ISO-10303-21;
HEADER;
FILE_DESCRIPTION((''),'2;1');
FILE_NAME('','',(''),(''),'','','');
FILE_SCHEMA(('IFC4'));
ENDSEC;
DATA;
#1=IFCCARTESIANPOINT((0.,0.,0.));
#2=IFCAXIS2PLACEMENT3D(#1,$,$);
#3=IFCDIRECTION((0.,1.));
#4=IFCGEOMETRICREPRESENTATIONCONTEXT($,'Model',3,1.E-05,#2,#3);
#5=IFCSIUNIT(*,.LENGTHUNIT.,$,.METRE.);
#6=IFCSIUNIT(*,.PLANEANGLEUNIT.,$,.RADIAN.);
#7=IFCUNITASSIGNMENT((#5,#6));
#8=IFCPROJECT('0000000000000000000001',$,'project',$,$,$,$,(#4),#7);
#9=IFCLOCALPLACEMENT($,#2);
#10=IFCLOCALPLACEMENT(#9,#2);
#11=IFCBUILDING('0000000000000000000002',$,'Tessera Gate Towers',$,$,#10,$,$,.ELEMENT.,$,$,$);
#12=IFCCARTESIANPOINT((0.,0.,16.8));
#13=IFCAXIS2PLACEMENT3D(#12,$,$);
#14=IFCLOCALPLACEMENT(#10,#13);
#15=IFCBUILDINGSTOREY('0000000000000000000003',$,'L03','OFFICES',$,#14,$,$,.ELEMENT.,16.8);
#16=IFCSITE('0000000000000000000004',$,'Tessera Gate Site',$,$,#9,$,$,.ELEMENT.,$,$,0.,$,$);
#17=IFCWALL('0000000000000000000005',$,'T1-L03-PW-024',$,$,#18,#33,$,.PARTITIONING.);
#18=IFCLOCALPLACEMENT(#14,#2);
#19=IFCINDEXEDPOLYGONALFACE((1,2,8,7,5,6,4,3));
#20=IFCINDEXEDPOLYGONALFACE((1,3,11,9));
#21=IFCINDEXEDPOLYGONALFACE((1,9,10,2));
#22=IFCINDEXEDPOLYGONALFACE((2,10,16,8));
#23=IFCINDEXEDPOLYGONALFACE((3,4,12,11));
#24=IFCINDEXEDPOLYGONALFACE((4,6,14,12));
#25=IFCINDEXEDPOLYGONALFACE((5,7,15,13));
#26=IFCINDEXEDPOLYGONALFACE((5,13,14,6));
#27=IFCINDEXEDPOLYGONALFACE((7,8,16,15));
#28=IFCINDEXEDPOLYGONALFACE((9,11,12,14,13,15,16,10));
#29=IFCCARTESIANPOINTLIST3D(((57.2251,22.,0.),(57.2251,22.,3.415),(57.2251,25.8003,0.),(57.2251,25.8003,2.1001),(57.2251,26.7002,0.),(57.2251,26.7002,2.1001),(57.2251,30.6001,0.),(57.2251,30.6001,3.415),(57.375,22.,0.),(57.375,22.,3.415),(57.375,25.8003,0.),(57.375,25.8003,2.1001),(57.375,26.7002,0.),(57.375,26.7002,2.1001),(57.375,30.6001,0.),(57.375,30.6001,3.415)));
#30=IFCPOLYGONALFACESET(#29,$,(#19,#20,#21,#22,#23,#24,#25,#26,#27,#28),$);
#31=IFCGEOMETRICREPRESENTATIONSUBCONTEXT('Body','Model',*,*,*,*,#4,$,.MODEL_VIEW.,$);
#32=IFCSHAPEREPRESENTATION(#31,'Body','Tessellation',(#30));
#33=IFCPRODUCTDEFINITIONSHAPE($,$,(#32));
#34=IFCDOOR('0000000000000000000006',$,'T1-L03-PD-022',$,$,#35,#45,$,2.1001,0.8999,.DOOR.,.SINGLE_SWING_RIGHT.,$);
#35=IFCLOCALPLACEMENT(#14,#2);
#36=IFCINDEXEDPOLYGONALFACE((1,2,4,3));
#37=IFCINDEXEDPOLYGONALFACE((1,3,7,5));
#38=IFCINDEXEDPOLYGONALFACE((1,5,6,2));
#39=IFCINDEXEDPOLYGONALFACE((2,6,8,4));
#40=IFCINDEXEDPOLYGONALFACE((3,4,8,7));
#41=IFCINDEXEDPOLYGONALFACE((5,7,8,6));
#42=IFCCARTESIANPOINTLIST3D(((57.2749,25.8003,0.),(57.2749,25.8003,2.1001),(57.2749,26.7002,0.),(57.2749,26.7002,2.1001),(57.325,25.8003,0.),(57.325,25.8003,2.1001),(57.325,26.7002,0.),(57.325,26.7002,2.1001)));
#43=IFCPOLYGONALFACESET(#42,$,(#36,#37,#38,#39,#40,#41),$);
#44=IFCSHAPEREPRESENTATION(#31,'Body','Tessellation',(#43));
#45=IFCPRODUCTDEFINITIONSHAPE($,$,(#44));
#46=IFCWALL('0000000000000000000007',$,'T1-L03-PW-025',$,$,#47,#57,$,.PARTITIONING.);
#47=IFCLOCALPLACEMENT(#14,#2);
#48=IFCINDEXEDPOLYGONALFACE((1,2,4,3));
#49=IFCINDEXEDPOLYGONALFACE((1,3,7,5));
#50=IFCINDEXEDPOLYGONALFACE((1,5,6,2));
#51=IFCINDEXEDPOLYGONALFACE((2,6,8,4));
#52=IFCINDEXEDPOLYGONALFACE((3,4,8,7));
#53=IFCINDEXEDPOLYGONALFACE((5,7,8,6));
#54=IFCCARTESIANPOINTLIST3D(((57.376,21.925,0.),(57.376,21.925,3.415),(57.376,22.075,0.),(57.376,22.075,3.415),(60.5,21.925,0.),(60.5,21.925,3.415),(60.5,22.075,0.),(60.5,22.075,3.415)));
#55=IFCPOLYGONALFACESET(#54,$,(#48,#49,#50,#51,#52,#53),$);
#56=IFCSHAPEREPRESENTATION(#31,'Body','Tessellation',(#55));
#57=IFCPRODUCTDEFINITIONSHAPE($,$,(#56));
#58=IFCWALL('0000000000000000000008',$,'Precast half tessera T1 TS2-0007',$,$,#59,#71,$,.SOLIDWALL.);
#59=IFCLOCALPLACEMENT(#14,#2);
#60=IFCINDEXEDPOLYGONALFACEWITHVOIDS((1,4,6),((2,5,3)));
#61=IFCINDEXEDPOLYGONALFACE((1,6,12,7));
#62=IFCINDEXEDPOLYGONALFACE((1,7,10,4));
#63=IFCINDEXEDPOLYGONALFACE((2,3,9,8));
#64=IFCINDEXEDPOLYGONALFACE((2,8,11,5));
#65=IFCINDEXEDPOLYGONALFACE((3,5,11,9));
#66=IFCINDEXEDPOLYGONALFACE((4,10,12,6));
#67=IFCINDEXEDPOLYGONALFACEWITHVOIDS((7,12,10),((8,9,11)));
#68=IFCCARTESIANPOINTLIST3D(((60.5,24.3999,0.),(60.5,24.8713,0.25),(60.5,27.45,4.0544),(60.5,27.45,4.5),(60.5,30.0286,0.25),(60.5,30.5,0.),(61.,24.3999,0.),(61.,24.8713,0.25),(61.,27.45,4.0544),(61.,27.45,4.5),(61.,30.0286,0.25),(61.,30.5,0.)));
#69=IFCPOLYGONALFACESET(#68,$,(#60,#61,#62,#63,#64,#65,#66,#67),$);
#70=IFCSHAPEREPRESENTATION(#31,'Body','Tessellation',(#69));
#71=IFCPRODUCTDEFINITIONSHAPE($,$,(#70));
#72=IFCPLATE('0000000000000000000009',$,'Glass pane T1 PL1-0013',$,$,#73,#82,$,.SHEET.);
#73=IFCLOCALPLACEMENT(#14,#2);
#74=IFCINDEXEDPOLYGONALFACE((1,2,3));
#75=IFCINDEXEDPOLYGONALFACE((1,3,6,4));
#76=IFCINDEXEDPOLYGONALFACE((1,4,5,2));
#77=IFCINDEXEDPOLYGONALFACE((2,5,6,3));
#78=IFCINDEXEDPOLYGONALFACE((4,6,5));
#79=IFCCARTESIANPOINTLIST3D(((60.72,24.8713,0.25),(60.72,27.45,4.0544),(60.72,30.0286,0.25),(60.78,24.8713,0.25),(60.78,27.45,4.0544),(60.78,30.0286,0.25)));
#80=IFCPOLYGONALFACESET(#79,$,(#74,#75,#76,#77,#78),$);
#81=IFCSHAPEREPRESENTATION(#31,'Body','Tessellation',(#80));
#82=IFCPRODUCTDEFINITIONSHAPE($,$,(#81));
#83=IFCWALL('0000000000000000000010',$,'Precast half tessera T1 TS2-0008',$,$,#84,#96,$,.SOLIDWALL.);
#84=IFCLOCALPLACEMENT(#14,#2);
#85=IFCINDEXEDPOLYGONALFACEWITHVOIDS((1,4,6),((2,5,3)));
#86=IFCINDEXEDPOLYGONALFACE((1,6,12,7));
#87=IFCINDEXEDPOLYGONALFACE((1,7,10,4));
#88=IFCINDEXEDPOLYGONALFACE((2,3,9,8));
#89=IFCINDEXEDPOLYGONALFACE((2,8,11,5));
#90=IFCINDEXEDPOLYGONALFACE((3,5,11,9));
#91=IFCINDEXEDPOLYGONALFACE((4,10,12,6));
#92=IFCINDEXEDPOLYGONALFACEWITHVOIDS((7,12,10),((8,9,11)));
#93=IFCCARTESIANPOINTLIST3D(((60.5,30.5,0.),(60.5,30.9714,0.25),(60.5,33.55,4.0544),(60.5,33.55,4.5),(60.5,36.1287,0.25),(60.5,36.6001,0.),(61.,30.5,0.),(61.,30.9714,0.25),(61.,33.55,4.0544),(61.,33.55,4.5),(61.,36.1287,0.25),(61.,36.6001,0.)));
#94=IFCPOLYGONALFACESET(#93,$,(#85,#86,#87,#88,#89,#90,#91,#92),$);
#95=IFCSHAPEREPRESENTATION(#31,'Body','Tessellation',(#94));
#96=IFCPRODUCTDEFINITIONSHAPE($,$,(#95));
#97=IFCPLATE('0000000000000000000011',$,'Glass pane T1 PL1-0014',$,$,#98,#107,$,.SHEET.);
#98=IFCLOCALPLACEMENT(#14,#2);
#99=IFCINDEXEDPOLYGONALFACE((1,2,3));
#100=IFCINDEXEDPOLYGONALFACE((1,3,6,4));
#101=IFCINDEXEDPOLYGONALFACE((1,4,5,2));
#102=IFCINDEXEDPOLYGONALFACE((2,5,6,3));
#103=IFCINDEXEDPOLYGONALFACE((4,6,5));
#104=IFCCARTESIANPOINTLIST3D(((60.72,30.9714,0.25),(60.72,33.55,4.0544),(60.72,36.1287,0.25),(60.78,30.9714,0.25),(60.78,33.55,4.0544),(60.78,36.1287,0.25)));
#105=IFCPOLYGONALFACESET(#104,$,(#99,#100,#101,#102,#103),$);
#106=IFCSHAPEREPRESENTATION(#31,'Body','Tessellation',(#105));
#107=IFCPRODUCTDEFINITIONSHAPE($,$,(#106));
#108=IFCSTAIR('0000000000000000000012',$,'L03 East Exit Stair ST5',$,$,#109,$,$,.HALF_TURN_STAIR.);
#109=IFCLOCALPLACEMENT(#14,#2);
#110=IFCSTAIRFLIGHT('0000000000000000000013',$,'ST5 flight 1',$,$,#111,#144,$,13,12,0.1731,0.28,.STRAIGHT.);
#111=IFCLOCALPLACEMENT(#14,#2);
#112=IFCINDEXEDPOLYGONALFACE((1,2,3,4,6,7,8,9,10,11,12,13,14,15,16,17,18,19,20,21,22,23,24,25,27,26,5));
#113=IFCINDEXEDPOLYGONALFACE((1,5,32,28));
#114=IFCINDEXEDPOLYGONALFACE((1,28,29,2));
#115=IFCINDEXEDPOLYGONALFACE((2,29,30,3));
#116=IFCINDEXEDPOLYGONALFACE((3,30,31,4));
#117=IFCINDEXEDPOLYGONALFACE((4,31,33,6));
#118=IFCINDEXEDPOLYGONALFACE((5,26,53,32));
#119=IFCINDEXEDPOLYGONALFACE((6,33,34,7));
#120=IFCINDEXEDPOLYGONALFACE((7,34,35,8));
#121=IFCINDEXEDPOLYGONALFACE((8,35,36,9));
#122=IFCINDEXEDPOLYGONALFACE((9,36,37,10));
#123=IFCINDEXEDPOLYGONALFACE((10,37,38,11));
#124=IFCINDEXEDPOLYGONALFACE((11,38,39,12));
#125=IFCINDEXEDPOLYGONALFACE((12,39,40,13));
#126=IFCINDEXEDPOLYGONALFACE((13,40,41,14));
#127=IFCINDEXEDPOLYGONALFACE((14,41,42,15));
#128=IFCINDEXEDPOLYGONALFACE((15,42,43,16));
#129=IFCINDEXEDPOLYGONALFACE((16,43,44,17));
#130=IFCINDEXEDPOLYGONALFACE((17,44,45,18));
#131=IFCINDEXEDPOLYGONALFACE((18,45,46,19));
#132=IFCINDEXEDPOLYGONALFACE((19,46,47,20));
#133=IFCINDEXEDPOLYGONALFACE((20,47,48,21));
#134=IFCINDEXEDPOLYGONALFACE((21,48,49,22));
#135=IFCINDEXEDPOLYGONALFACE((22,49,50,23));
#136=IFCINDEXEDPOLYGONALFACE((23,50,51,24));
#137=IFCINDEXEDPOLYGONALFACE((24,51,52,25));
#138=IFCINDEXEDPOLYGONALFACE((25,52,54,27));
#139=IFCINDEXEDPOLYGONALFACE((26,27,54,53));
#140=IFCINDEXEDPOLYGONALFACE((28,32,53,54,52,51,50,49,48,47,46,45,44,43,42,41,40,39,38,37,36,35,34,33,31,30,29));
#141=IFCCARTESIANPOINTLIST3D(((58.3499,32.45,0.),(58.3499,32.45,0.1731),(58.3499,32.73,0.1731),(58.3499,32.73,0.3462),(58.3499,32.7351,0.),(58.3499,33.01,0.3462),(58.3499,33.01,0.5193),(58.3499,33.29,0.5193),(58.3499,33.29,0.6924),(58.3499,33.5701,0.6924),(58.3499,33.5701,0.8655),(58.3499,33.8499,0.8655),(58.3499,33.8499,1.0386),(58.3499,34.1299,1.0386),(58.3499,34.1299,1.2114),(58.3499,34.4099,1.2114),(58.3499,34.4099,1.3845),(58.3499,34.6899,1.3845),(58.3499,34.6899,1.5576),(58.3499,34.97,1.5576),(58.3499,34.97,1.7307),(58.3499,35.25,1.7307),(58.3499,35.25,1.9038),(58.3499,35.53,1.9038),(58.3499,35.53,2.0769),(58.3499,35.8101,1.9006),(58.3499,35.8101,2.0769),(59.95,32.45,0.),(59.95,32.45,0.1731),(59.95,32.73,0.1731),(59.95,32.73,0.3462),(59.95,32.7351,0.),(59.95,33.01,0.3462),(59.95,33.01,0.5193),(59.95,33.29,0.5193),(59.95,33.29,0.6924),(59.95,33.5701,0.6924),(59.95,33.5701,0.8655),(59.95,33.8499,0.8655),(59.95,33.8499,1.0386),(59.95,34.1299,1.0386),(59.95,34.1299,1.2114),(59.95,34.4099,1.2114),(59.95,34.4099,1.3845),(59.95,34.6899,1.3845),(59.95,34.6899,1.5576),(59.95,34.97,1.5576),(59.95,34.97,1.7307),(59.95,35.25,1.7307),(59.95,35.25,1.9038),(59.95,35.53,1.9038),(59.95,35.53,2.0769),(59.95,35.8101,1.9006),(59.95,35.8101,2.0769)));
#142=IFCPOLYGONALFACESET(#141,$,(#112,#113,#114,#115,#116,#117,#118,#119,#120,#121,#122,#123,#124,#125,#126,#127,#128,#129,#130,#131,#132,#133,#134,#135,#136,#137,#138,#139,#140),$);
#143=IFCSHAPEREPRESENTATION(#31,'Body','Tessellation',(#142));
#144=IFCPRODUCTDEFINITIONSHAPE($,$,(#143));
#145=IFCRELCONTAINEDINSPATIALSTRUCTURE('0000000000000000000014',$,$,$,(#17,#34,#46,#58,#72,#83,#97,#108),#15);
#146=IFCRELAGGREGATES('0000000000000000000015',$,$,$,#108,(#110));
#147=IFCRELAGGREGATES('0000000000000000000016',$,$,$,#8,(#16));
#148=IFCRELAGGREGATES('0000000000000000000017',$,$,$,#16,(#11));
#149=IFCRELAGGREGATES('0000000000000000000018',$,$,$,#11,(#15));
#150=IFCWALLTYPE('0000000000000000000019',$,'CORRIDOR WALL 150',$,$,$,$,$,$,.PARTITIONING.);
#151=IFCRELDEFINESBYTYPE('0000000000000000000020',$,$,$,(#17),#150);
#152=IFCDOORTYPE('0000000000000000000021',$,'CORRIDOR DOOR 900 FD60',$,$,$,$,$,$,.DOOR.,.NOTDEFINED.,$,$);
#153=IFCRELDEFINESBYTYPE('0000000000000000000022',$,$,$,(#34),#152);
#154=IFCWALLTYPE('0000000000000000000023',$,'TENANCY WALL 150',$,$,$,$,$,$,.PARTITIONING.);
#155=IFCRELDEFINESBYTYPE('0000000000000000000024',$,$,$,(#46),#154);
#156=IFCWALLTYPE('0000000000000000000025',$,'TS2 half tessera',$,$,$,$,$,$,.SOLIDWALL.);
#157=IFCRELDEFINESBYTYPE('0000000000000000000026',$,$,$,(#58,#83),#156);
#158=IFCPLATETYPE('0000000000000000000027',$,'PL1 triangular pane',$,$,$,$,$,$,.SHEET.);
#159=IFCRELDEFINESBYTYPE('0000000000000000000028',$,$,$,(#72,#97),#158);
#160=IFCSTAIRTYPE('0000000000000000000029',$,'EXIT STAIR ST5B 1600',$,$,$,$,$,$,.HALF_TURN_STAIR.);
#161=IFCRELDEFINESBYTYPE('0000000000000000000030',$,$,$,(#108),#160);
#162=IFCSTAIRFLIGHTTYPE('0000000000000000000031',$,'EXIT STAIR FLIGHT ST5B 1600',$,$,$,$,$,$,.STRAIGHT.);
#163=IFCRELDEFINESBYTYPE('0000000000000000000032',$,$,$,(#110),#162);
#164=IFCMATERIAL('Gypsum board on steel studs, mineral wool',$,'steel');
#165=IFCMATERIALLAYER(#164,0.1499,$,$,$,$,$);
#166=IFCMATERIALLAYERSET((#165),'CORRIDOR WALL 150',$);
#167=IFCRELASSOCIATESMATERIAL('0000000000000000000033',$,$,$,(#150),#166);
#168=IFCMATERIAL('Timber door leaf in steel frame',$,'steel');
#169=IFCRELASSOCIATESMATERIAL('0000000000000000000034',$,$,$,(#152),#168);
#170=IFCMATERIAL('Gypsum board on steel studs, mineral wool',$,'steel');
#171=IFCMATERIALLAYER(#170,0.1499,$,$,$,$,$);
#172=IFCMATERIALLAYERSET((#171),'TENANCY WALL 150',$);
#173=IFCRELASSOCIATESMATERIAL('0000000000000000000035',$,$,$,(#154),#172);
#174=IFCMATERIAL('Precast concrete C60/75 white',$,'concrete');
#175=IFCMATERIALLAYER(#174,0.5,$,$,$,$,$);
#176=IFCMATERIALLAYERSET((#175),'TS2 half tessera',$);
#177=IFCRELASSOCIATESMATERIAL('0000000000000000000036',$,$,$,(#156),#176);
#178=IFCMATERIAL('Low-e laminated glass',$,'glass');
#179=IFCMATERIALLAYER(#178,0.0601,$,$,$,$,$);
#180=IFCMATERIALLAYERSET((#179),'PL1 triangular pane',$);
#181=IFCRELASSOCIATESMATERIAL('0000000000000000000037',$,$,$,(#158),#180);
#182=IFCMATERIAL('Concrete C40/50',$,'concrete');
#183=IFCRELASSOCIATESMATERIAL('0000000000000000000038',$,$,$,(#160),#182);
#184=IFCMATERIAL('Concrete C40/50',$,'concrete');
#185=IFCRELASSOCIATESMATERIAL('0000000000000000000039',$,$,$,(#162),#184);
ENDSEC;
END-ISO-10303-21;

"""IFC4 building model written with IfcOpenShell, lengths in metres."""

from ifc_helpers import new_model, si_unit, direction, frame, frame_2d, origin, place, context, subcontext, project, spatial, polyline, rectangle, outline, extrude, source, transform, mapped, material, layer, layer_set, type_object, element, fill, aggregate, save


model = new_model("IFC4")

# Units and contexts
model_context = context("Model", 3, precision=1e-05, world=origin(), true_north=direction((0.0, 1.0)))
body_context = subcontext(model_context, "Body", "Model", "MODEL_VIEW")
ifc_project = project(units=[si_unit("LENGTHUNIT", "METRE"), si_unit("PLANEANGLEUNIT", "RADIAN")], contexts=[model_context])

# Site, building, storey
site_placement = place(None, origin())
site = spatial("IfcSite", under=ifc_project, at=site_placement, Name="Tessera Gate Site", CompositionType="ELEMENT", RefElevation=0.0)
building_placement = place(site_placement, origin())
building = spatial("IfcBuilding", under=site, at=building_placement, Name="Tessera Gate Towers", CompositionType="ELEMENT")
storey_placement = place(building_placement, frame((0.0, 0.0, 16.8)))
storey = spatial("IfcBuildingStorey", under=building, at=storey_placement, Name="L03", Description="OFFICES", CompositionType="ELEMENT", Elevation=16.8)

# Wall, opening, door
ifc_material_1 = material(Name="Gypsum board on steel studs, mineral wool", Category="steel")
ifc_layer_1 = layer(ifc_material_1, 0.1499)
ifc_layer_set_1 = layer_set([ifc_layer_1], Name="CORRIDOR WALL 150")
wall_type_1 = type_object("IfcWallType", Name="CORRIDOR WALL 150", PredefinedType="PARTITIONING", material=ifc_layer_set_1)
wall_1_placement = place(storey_placement, frame((57.3, 30.6001, 0.0), z_axis=(0.0, 0.0, 1.0), x_axis=(0.0, -1.0, 0.0)))
wall_1 = element("IfcWall", 1, at=wall_1_placement, inside=storey, type_object=wall_type_1, Name="T1-L03-PW-024", PredefinedType="PARTITIONING", context=body_context, shape_type="SweptSolid", body=[
    extrude(rectangle(XDim=8.6001, YDim=0.1499, at=frame_2d((4.3, 0.0))), origin(), (0.0, 0.0, 1.0), 3.415),
])
shared_shape_1 = source(origin(), body_context, "Body", "SweptSolid", [
    extrude(rectangle(XDim=0.8999, YDim=2.1001, at=frame_2d((0.45, 1.05))), frame((0.0, 0.085, 0.0), z_axis=(0.0, -1.0, 0.0), x_axis=(1.0, 0.0, 0.0)), (0.0, 0.0, 1.0), 0.1699),
])
opening_1_placement = place(wall_1_placement, frame((3.8999, 0.0, 0.0)))
opening_1 = element("IfcOpeningElement", 2, at=opening_1_placement, cuts=wall_1, PredefinedType="OPENING", context=body_context, shape_type="MappedRepresentation", body=[
    mapped(shared_shape_1, transform((0.0, 0.0, 0.0), scale=1.0)),
])
ifc_material_2 = material(Name="Timber door leaf in steel frame", Category="steel")
door_type_1 = type_object("IfcDoorType", Name="CORRIDOR DOOR 900 FD60", OperationType="NOTDEFINED", PredefinedType="DOOR", material=ifc_material_2)
shared_shape_2 = source(origin(), body_context, "Body", "SweptSolid", [
    extrude(rectangle(XDim=0.8999, YDim=2.1001, at=frame_2d((0.45, 1.05))), frame((0.0, 0.0249, 0.0), z_axis=(0.0, -1.0, 0.0), x_axis=(1.0, 0.0, 0.0)), (0.0, 0.0, 1.0), 0.05),
])
door_1_placement = place(opening_1_placement, origin())
door_1 = element("IfcDoor", 3, at=door_1_placement, inside=storey, type_object=door_type_1, Name="T1-L03-PD-022", OperationType="SINGLE_SWING_RIGHT", OverallHeight=2.1001, OverallWidth=0.8999, PredefinedType="DOOR", context=body_context, shape_type="MappedRepresentation", body=[
    mapped(shared_shape_2, transform((0.0, 0.0, 0.0), scale=1.0)),
])
fill(opening_1, door_1)

# Wall
ifc_material_3 = material(Name="Gypsum board on steel studs, mineral wool", Category="steel")
ifc_layer_2 = layer(ifc_material_3, 0.1499)
ifc_layer_set_2 = layer_set([ifc_layer_2], Name="TENANCY WALL 150")
wall_type_2 = type_object("IfcWallType", Name="TENANCY WALL 150", PredefinedType="PARTITIONING", material=ifc_layer_set_2)
wall_2_placement = place(storey_placement, frame((57.376, 22.0, 0.0), z_axis=(0.0, 0.0, 1.0), x_axis=(1.0, 0.0, 0.0)))
element("IfcWall", 4, at=wall_2_placement, inside=storey, type_object=wall_type_2, Name="T1-L03-PW-025", PredefinedType="PARTITIONING", context=body_context, shape_type="SweptSolid", body=[
    extrude(rectangle(XDim=3.124, YDim=0.1499, at=frame_2d((1.562, 0.0))), origin(), (0.0, 0.0, 1.0), 3.415),
])

# Walls, openings, plates
ifc_material_4 = material(Name="Precast concrete C60/75 white", Category="concrete")
ifc_layer_3 = layer(ifc_material_4, 0.5)
ifc_layer_set_3 = layer_set([ifc_layer_3], Name="TS2 half tessera")
wall_type_3 = type_object("IfcWallType", Name="TS2 half tessera", PredefinedType="SOLIDWALL", material=ifc_layer_set_3)
shared_shape_3 = source(origin(), body_context, "Body", "SweptSolid", [
    extrude(outline(polyline([(6.1001, 0.0), (3.05, 4.5), (0.0, 0.0), (6.1001, 0.0)])), frame((0.0, 0.25, 0.0), z_axis=(0.0, -1.0, 0.0), x_axis=(1.0, 0.0, 0.0)), (0.0, 0.0, 1.0), 0.5),
])
wall_3_placement = place(storey_placement, frame((60.75, 24.3999, 0.0), z_axis=(0.0, 0.0, 1.0), x_axis=(0.0, 1.0, 0.0)))
wall_3 = element("IfcWall", 5, at=wall_3_placement, inside=storey, type_object=wall_type_3, Name="Precast half tessera T1 TS2-0007", PredefinedType="SOLIDWALL", context=body_context, shape_type="MappedRepresentation", body=[
    mapped(shared_shape_3, transform((0.0, 0.0, 0.0), scale=1.0)),
])
shared_shape_4 = source(origin(), body_context, "Body", "SweptSolid", [
    extrude(outline(polyline([(5.6287, 0.25), (3.05, 4.0544), (0.4714, 0.25), (5.6287, 0.25)])), frame((0.0, 0.26, 0.0), z_axis=(0.0, -1.0, 0.0), x_axis=(1.0, 0.0, 0.0)), (0.0, 0.0, 1.0), 0.52),
])
opening_2_placement = place(wall_3_placement, origin())
opening_2 = element("IfcOpeningElement", 6, at=opening_2_placement, cuts=wall_3, PredefinedType="OPENING", context=body_context, shape_type="MappedRepresentation", body=[
    mapped(shared_shape_4, transform((0.0, 0.0, 0.0), scale=1.0)),
])
ifc_material_5 = material(Name="Low-e laminated glass", Category="glass")
ifc_layer_4 = layer(ifc_material_5, 0.0601)
ifc_layer_set_4 = layer_set([ifc_layer_4], Name="PL1 triangular pane")
plate_type = type_object("IfcPlateType", Name="PL1 triangular pane", PredefinedType="SHEET", material=ifc_layer_set_4)
shared_shape_5 = source(origin(), body_context, "Body", "SweptSolid", [
    extrude(outline(polyline([(5.6287, 0.25), (3.05, 4.0544), (0.4714, 0.25), (5.6287, 0.25)])), frame((0.0, 0.03, 0.0), z_axis=(0.0, -1.0, 0.0), x_axis=(1.0, 0.0, 0.0)), (0.0, 0.0, 1.0), 0.0601),
])
plate_1_placement = place(opening_2_placement, origin())
plate_1 = element("IfcPlate", 7, at=plate_1_placement, inside=storey, type_object=plate_type, Name="Glass pane T1 PL1-0013", PredefinedType="SHEET", context=body_context, shape_type="MappedRepresentation", body=[
    mapped(shared_shape_5, transform((0.0, 0.0, 0.0), scale=1.0)),
])
fill(opening_2, plate_1)
wall_4_placement = place(storey_placement, frame((60.75, 30.5, 0.0), z_axis=(0.0, 0.0, 1.0), x_axis=(0.0, 1.0, 0.0)))
wall_4 = element("IfcWall", 8, at=wall_4_placement, inside=storey, type_object=wall_type_3, Name="Precast half tessera T1 TS2-0008", PredefinedType="SOLIDWALL", context=body_context, shape_type="MappedRepresentation", body=[
    mapped(shared_shape_3, transform((0.0, 0.0, 0.0), scale=1.0)),
])
opening_3_placement = place(wall_4_placement, origin())
opening_3 = element("IfcOpeningElement", 9, at=opening_3_placement, cuts=wall_4, PredefinedType="OPENING", context=body_context, shape_type="MappedRepresentation", body=[
    mapped(shared_shape_4, transform((0.0, 0.0, 0.0), scale=1.0)),
])
plate_2_placement = place(opening_3_placement, origin())
plate_2 = element("IfcPlate", 10, at=plate_2_placement, inside=storey, type_object=plate_type, Name="Glass pane T1 PL1-0014", PredefinedType="SHEET", context=body_context, shape_type="MappedRepresentation", body=[
    mapped(shared_shape_5, transform((0.0, 0.0, 0.0), scale=1.0)),
])
fill(opening_3, plate_2)

# Stair, stair flight
ifc_material_6 = material(Name="Concrete C40/50", Category="concrete")
stair_type = type_object("IfcStairType", Name="EXIT STAIR ST5B 1600", PredefinedType="HALF_TURN_STAIR", material=ifc_material_6)
stair_placement = place(storey_placement, origin())
stair = element("IfcStair", 11, at=stair_placement, inside=storey, type_object=stair_type, Name="L03 East Exit Stair ST5", PredefinedType="HALF_TURN_STAIR")
ifc_material_7 = material(Name="Concrete C40/50", Category="concrete")
stair_flight_type = type_object("IfcStairFlightType", Name="EXIT STAIR FLIGHT ST5B 1600", PredefinedType="STRAIGHT", material=ifc_material_7)
stair_flight_placement = place(storey_placement, frame((59.1499, 32.45, 0.0), z_axis=(0.0, 0.0, 1.0), x_axis=(0.0, 1.0, 0.0)))
stair_flight = element("IfcStairFlight", 12, at=stair_flight_placement, type_object=stair_flight_type, Name="ST5 flight 1", NumberOfRisers=13, NumberOfTreads=12, PredefinedType="STRAIGHT", RiserHeight=0.1731, TreadLength=0.28, context=body_context, shape_type="SweptSolid", body=[
    extrude(outline(polyline([(0.0, 0.0), (0.0, 0.1731), (0.28, 0.1731), (0.28, 0.3462), (0.5601, 0.3462), (0.5601, 0.5193), (0.8401, 0.5193), (0.8401, 0.6924), (1.1201, 0.6924), (1.1201, 0.8655), (1.3999, 0.8655), (1.3999, 1.0386), (1.6799, 1.0386), (1.6799, 1.2114), (1.96, 1.2114), (1.96, 1.3845), (2.24, 1.3845), (2.24, 1.5576), (2.52, 1.5576), (2.52, 1.7307), (2.8, 1.7307), (2.8, 1.9038), (3.0801, 1.9038), (3.0801, 2.0769), (3.3601, 2.0769), (3.3601, 2.25), (3.3601, 1.9006), (0.2852, 0.0), (0.0, 0.0)])), frame((0.0, 0.8, 0.0), z_axis=(0.0, -1.0, 0.0), x_axis=(1.0, 0.0, 0.0)), (0.0, 0.0, 1.0), 1.6001),
])
aggregate(stair, [stair_flight])

save(model, "model.ifc")
